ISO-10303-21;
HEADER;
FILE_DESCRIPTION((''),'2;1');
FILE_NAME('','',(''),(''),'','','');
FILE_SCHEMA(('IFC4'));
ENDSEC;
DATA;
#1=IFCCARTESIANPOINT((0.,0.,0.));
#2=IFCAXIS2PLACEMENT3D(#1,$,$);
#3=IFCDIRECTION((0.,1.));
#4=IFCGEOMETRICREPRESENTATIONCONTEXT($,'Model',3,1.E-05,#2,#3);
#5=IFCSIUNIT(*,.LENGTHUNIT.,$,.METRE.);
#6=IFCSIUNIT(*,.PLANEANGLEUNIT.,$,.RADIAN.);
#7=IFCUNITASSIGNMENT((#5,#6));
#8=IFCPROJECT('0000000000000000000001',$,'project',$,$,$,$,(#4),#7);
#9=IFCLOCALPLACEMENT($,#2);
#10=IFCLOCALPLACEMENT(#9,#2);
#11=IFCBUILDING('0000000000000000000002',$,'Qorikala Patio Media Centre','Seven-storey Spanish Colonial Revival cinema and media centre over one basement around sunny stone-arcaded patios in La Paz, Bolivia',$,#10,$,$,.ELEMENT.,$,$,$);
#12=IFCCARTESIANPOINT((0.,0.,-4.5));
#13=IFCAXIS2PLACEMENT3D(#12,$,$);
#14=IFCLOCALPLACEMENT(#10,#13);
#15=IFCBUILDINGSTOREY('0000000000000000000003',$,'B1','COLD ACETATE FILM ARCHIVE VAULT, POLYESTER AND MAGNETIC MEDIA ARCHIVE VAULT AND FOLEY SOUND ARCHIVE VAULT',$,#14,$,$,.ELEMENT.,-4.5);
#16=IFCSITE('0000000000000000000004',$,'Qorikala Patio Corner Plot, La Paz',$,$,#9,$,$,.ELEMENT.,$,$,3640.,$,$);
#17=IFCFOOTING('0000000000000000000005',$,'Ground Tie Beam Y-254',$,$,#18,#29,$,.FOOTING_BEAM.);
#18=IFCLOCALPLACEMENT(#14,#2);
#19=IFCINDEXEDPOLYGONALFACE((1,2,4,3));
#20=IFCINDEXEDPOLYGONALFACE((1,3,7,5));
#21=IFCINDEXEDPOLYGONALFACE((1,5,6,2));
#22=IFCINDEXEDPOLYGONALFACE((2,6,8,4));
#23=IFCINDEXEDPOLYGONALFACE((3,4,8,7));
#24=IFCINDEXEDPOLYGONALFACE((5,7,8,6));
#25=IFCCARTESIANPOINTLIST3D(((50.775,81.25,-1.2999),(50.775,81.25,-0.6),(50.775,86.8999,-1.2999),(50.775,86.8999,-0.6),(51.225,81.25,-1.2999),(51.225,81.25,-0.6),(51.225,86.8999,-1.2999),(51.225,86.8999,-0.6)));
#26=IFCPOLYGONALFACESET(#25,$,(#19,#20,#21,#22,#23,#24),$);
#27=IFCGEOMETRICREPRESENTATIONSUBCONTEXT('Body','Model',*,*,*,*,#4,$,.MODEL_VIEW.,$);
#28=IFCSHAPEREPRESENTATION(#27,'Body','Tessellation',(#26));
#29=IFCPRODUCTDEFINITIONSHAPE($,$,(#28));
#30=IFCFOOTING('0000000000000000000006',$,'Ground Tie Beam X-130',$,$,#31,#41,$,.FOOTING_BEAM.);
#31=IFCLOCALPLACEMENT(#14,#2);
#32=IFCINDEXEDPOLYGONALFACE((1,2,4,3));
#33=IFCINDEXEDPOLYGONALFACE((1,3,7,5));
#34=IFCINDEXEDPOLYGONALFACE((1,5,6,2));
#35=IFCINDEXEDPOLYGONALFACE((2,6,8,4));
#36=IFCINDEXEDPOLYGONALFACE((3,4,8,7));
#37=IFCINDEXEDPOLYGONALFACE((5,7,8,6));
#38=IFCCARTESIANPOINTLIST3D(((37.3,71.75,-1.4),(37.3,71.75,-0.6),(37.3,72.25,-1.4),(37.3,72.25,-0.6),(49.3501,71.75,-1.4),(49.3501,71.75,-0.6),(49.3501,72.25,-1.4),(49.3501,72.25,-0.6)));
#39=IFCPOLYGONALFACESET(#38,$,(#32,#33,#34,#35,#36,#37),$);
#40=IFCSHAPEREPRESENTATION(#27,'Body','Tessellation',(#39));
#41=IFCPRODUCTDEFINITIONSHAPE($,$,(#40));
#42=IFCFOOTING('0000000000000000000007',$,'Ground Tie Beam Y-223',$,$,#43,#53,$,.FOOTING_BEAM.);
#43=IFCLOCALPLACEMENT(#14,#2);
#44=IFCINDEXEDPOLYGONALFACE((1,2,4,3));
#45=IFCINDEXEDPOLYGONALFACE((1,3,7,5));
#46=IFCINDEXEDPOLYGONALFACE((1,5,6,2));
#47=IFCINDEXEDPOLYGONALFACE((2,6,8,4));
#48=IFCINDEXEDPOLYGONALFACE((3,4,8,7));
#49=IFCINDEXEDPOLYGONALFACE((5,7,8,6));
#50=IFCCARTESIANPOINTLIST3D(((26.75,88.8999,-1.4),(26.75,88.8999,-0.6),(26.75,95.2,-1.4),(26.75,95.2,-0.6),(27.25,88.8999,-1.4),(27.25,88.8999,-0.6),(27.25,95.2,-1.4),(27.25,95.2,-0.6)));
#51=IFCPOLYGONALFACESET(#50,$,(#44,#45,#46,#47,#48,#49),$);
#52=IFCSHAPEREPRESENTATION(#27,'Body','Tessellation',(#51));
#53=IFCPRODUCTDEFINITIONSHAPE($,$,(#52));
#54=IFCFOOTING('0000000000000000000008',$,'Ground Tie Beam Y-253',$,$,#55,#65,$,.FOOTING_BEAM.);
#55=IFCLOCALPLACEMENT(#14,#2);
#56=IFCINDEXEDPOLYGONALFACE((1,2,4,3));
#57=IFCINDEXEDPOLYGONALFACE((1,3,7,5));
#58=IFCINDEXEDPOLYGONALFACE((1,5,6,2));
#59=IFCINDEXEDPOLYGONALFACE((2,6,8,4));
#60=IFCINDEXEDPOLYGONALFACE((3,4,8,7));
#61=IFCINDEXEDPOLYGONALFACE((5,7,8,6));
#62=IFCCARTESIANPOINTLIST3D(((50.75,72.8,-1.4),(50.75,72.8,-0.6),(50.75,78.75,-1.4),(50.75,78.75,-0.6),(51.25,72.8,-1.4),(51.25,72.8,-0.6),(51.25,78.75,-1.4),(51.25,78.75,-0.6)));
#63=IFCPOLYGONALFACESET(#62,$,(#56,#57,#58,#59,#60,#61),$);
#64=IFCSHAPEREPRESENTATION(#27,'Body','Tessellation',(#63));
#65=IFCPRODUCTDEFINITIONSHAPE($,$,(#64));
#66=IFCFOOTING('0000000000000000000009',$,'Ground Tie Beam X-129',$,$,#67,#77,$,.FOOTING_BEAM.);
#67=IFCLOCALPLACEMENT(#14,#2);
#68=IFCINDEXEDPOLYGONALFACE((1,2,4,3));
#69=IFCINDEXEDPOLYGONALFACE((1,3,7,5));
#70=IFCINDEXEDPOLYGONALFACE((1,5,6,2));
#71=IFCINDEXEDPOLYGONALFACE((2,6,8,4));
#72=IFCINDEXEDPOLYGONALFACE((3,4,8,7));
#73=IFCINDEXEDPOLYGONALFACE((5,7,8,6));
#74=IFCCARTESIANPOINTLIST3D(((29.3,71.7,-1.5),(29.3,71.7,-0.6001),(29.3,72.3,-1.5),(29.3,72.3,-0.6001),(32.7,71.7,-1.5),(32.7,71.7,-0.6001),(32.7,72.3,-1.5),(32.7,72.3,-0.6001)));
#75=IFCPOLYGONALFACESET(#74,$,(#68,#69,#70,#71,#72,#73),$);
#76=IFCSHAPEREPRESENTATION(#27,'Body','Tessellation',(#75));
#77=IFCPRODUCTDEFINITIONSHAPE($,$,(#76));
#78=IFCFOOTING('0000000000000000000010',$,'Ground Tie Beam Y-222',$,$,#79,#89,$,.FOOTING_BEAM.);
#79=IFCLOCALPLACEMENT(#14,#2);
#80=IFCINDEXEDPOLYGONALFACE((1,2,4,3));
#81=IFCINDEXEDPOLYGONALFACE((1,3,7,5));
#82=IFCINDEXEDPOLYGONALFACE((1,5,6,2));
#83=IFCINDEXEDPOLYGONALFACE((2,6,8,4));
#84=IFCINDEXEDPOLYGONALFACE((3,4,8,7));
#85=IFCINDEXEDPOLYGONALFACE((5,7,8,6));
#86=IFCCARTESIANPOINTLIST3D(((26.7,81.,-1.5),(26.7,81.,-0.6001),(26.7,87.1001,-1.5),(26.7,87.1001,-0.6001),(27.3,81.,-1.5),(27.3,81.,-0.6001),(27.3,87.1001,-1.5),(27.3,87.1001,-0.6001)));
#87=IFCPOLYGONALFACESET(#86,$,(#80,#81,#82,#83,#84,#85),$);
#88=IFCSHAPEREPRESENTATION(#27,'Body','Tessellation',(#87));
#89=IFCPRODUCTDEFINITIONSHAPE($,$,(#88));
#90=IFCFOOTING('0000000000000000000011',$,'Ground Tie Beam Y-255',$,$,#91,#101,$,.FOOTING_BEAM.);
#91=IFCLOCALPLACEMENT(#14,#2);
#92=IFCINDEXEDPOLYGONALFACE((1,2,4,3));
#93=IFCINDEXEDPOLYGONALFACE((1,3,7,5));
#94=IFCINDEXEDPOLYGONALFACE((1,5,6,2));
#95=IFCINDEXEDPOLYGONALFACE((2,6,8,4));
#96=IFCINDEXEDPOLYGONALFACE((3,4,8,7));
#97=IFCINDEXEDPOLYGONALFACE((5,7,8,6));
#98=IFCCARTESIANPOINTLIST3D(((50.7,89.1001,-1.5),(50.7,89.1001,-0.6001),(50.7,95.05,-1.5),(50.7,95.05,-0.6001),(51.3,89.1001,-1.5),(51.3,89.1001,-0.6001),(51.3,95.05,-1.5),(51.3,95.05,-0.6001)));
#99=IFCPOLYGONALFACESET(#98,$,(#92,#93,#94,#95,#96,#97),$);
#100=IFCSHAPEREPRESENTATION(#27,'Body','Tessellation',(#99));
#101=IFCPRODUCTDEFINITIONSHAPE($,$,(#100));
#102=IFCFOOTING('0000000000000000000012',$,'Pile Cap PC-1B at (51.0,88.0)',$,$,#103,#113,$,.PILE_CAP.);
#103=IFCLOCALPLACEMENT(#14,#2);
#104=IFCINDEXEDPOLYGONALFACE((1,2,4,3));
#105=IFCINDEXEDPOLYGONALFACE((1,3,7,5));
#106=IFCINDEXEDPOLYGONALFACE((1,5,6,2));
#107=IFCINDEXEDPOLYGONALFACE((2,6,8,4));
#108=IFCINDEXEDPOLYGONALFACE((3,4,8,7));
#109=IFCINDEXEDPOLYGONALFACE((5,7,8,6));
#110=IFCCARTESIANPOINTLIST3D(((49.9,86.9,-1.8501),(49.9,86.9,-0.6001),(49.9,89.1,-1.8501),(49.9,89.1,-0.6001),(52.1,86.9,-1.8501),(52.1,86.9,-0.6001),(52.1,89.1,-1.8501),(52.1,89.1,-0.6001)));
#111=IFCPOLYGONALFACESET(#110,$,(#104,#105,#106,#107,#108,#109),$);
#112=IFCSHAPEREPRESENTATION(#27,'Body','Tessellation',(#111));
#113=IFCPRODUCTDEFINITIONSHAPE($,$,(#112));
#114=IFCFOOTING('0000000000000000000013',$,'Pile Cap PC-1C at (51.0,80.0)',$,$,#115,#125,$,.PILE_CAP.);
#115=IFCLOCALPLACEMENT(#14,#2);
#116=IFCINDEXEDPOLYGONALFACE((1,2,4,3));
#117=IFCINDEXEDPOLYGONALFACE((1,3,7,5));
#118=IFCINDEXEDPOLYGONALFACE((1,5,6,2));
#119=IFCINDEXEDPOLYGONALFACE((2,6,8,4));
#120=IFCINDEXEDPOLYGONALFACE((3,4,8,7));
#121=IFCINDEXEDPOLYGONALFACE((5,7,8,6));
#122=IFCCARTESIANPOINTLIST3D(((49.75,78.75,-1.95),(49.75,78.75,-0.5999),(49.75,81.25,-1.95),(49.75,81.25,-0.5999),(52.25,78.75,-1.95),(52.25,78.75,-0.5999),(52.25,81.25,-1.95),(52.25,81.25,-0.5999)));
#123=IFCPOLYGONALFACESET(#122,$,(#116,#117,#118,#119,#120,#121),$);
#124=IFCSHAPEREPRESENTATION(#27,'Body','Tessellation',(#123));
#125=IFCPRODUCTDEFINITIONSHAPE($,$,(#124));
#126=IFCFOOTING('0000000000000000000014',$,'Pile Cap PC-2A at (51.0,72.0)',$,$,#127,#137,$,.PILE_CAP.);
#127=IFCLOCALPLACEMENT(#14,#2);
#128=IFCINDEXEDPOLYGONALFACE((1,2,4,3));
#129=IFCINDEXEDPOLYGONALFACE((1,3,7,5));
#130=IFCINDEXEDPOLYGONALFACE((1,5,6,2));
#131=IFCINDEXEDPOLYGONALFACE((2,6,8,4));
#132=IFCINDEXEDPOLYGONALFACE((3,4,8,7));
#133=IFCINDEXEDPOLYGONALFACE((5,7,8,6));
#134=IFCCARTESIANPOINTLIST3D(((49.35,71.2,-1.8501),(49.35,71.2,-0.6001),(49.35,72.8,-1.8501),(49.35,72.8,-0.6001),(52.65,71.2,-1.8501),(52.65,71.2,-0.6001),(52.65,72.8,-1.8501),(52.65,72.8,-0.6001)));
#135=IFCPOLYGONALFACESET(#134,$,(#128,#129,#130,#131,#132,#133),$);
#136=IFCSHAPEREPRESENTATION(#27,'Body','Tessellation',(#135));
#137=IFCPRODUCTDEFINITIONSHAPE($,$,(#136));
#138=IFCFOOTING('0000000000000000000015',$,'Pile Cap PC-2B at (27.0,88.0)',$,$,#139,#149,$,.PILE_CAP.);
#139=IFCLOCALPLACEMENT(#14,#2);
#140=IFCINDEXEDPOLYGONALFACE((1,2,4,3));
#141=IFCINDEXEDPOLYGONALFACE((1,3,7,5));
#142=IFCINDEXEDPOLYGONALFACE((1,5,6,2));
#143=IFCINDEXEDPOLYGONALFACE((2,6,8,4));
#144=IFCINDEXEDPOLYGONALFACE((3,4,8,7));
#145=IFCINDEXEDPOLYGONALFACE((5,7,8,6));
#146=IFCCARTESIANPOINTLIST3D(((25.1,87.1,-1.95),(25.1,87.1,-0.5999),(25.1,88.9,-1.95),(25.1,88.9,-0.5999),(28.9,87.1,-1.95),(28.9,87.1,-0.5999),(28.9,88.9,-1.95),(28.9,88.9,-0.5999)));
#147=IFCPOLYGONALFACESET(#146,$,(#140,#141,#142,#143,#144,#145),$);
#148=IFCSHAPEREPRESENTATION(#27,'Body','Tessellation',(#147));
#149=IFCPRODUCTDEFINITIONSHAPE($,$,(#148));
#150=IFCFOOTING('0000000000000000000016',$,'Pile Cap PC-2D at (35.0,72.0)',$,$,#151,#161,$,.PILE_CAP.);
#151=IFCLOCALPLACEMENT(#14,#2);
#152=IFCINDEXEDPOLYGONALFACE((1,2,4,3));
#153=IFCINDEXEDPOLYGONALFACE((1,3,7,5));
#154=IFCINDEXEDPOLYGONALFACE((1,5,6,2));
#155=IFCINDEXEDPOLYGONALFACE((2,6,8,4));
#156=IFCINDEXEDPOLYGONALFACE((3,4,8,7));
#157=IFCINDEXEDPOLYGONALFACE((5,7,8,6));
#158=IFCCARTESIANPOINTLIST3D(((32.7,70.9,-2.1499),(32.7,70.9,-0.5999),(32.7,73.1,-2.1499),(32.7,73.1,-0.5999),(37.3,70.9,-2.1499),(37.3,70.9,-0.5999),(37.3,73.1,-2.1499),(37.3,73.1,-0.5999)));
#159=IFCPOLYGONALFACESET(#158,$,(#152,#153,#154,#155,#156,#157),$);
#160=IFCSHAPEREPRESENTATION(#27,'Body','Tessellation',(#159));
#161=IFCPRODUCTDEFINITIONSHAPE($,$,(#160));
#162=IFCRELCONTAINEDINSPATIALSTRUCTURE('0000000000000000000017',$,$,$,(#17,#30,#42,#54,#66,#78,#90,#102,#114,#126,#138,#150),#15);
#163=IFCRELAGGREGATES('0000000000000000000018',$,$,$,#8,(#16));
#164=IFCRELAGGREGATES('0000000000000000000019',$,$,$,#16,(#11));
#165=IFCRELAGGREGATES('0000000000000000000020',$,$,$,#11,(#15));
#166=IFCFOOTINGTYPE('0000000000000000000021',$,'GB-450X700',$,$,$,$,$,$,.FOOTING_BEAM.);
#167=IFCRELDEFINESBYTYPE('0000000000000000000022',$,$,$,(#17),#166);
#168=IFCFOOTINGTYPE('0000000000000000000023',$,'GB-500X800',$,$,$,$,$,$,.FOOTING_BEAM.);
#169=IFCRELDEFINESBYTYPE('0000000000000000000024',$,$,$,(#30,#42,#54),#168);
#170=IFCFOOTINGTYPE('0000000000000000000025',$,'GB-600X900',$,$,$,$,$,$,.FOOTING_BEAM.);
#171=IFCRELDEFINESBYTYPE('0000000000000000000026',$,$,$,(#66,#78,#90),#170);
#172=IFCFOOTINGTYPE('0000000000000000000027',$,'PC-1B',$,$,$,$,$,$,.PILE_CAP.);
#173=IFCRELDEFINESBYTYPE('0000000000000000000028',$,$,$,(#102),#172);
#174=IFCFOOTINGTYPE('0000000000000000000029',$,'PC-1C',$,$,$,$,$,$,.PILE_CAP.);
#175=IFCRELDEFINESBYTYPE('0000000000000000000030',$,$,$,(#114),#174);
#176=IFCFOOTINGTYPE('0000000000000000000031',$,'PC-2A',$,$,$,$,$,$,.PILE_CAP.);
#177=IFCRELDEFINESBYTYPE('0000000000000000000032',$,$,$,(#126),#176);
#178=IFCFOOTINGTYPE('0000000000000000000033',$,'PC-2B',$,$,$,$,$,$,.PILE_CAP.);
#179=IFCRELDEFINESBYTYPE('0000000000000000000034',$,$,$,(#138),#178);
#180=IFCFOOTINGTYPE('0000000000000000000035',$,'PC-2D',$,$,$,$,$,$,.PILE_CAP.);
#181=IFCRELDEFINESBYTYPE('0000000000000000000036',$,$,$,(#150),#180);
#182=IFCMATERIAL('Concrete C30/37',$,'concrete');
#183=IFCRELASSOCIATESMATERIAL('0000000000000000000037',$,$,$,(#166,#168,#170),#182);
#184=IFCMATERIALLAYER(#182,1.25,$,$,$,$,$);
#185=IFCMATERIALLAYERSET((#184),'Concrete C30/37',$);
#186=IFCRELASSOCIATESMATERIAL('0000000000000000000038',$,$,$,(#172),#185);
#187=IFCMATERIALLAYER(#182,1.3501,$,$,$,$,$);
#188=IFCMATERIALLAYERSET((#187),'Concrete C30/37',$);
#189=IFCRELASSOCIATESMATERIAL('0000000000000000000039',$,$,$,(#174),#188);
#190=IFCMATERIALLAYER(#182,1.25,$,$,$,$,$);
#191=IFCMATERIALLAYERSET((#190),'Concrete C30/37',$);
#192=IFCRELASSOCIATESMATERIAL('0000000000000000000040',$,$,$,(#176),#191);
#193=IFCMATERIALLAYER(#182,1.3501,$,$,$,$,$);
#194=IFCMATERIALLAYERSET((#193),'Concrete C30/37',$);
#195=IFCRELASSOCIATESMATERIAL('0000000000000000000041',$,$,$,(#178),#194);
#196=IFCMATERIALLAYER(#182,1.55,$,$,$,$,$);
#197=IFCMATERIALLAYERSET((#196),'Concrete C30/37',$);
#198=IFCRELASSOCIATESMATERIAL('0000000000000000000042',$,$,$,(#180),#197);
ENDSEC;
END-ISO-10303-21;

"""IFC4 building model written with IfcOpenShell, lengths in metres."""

from ifc_helpers import new_model, si_unit, direction, frame, origin, origin_2d, place, context, subcontext, project, spatial, rectangle, extrude, material, layer, layer_set, material_profile, profile_set, type_object, element, save


model = new_model("IFC4")

# Units and contexts
model_context = context("Model", 3, precision=1e-05, world=origin(), true_north=direction((0.0, 1.0)))
body_context = subcontext(model_context, "Body", "Model", "MODEL_VIEW")
ifc_project = project(units=[si_unit("LENGTHUNIT", "METRE"), si_unit("PLANEANGLEUNIT", "RADIAN")], contexts=[model_context])

# Site, building, storey
site_placement = place(None, origin())
site = spatial("IfcSite", under=ifc_project, at=site_placement, Name="Qorikala Patio Corner Plot, La Paz", CompositionType="ELEMENT", RefElevation=3640.0)
building_placement = place(site_placement, origin())
building = spatial("IfcBuilding", under=site, at=building_placement, Name="Qorikala Patio Media Centre", Description="Seven-storey Spanish Colonial Revival cinema and media centre over one basement around sunny stone-arcaded patios in La Paz, Bolivia", CompositionType="ELEMENT")
storey_placement = place(building_placement, frame((0.0, 0.0, -4.5)))
storey = spatial("IfcBuildingStorey", under=building, at=storey_placement, Name="B1", Description="COLD ACETATE FILM ARCHIVE VAULT, POLYESTER AND MAGNETIC MEDIA ARCHIVE VAULT AND FOLEY SOUND ARCHIVE VAULT", CompositionType="ELEMENT", Elevation=-4.5)

# Footings
ifc_material_1 = material(Name="Concrete C30/37", Category="concrete")
ifc_material_profile_1 = material_profile(ifc_material_1, rectangle(XDim=0.45, YDim=0.7, at=origin_2d()), Name="RC 450x700")
ifc_profile_set_1 = profile_set([ifc_material_profile_1], Name="Concrete C30/37")
footing_type_1 = type_object("IfcFootingType", Name="GB-450X700", PredefinedType="FOOTING_BEAM", material=ifc_profile_set_1)
footing_1_placement = place(storey_placement, frame((51.0, 81.25, -0.95), z_axis=(0.0, 1.0, 0.0), x_axis=(-1.0, 0.0, 0.0)))
element("IfcFooting", 1, at=footing_1_placement, inside=storey, type_object=footing_type_1, Name="Ground Tie Beam Y-254", PredefinedType="FOOTING_BEAM", context=body_context, shape_type="SweptSolid", body=[
    extrude(rectangle(XDim=0.45, YDim=0.7, at=origin_2d()), origin(), (0.0, 0.0, 1.0), 5.6499),
])
ifc_material_profile_2 = material_profile(ifc_material_1, rectangle(XDim=0.5, YDim=0.8, at=origin_2d()), Name="RC 500x800")
ifc_profile_set_2 = profile_set([ifc_material_profile_2], Name="Concrete C30/37")
footing_type_2 = type_object("IfcFootingType", Name="GB-500X800", PredefinedType="FOOTING_BEAM", material=ifc_profile_set_2)
footing_2_placement = place(storey_placement, frame((37.3, 72.0, -1.0), z_axis=(1.0, 0.0, 0.0), x_axis=(0.0, 1.0, 0.0)))
element("IfcFooting", 2, at=footing_2_placement, inside=storey, type_object=footing_type_2, Name="Ground Tie Beam X-130", PredefinedType="FOOTING_BEAM", context=body_context, shape_type="SweptSolid", body=[
    extrude(rectangle(XDim=0.5, YDim=0.8, at=origin_2d()), origin(), (0.0, 0.0, 1.0), 12.05),
])
footing_3_placement = place(storey_placement, frame((27.0, 88.8999, -1.0), z_axis=(0.0, 1.0, 0.0), x_axis=(-1.0, 0.0, 0.0)))
element("IfcFooting", 3, at=footing_3_placement, inside=storey, type_object=footing_type_2, Name="Ground Tie Beam Y-223", PredefinedType="FOOTING_BEAM", context=body_context, shape_type="SweptSolid", body=[
    extrude(rectangle(XDim=0.5, YDim=0.8, at=origin_2d()), origin(), (0.0, 0.0, 1.0), 6.3),
])
footing_4_placement = place(storey_placement, frame((51.0, 72.8, -1.0), z_axis=(0.0, 1.0, 0.0), x_axis=(-1.0, 0.0, 0.0)))
element("IfcFooting", 4, at=footing_4_placement, inside=storey, type_object=footing_type_2, Name="Ground Tie Beam Y-253", PredefinedType="FOOTING_BEAM", context=body_context, shape_type="SweptSolid", body=[
    extrude(rectangle(XDim=0.5, YDim=0.8, at=origin_2d()), origin(), (0.0, 0.0, 1.0), 5.95),
])
ifc_material_profile_3 = material_profile(ifc_material_1, rectangle(XDim=0.6001, YDim=0.8999, at=origin_2d()), Name="RC 600x900")
ifc_profile_set_3 = profile_set([ifc_material_profile_3], Name="Concrete C30/37")
footing_type_3 = type_object("IfcFootingType", Name="GB-600X900", PredefinedType="FOOTING_BEAM", material=ifc_profile_set_3)
footing_5_placement = place(storey_placement, frame((29.3, 72.0, -1.05), z_axis=(1.0, 0.0, 0.0), x_axis=(0.0, 1.0, 0.0)))
element("IfcFooting", 5, at=footing_5_placement, inside=storey, type_object=footing_type_3, Name="Ground Tie Beam X-129", PredefinedType="FOOTING_BEAM", context=body_context, shape_type="SweptSolid", body=[
    extrude(rectangle(XDim=0.6001, YDim=0.8999, at=origin_2d()), origin(), (0.0, 0.0, 1.0), 3.3999),
])
footing_6_placement = place(storey_placement, frame((27.0, 81.0, -1.05), z_axis=(0.0, 1.0, 0.0), x_axis=(-1.0, 0.0, 0.0)))
element("IfcFooting", 6, at=footing_6_placement, inside=storey, type_object=footing_type_3, Name="Ground Tie Beam Y-222", PredefinedType="FOOTING_BEAM", context=body_context, shape_type="SweptSolid", body=[
    extrude(rectangle(XDim=0.6001, YDim=0.8999, at=origin_2d()), origin(), (0.0, 0.0, 1.0), 6.1001),
])
footing_7_placement = place(storey_placement, frame((51.0, 89.1001, -1.05), z_axis=(0.0, 1.0, 0.0), x_axis=(-1.0, 0.0, 0.0)))
element("IfcFooting", 7, at=footing_7_placement, inside=storey, type_object=footing_type_3, Name="Ground Tie Beam Y-255", PredefinedType="FOOTING_BEAM", context=body_context, shape_type="SweptSolid", body=[
    extrude(rectangle(XDim=0.6001, YDim=0.8999, at=origin_2d()), origin(), (0.0, 0.0, 1.0), 5.95),
])
ifc_layer_1 = layer(ifc_material_1, 1.25)
ifc_layer_set_1 = layer_set([ifc_layer_1], Name="Concrete C30/37")
footing_type_4 = type_object("IfcFootingType", Name="PC-1B", PredefinedType="PILE_CAP", material=ifc_layer_set_1)
footing_8_placement = place(storey_placement, frame((51.0, 88.0, -1.8501), z_axis=(0.0, 0.0, 1.0), x_axis=(1.0, 0.0, 0.0)))
element("IfcFooting", 8, at=footing_8_placement, inside=storey, type_object=footing_type_4, Name="Pile Cap PC-1B at (51.0,88.0)", PredefinedType="PILE_CAP", context=body_context, shape_type="SweptSolid", body=[
    extrude(rectangle(XDim=2.2, YDim=2.2, at=origin_2d()), origin(), (0.0, 0.0, 1.0), 1.25),
])
ifc_layer_2 = layer(ifc_material_1, 1.3501)
ifc_layer_set_2 = layer_set([ifc_layer_2], Name="Concrete C30/37")
footing_type_5 = type_object("IfcFootingType", Name="PC-1C", PredefinedType="PILE_CAP", material=ifc_layer_set_2)
footing_9_placement = place(storey_placement, frame((51.0, 80.0, -1.95), z_axis=(0.0, 0.0, 1.0), x_axis=(1.0, 0.0, 0.0)))
element("IfcFooting", 9, at=footing_9_placement, inside=storey, type_object=footing_type_5, Name="Pile Cap PC-1C at (51.0,80.0)", PredefinedType="PILE_CAP", context=body_context, shape_type="SweptSolid", body=[
    extrude(rectangle(XDim=2.5, YDim=2.5, at=origin_2d()), origin(), (0.0, 0.0, 1.0), 1.3501),
])
ifc_layer_3 = layer(ifc_material_1, 1.25)
ifc_layer_set_3 = layer_set([ifc_layer_3], Name="Concrete C30/37")
footing_type_6 = type_object("IfcFootingType", Name="PC-2A", PredefinedType="PILE_CAP", material=ifc_layer_set_3)
footing_10_placement = place(storey_placement, frame((51.0, 72.0, -1.8501), z_axis=(0.0, 0.0, 1.0), x_axis=(1.0, 0.0, 0.0)))
element("IfcFooting", 10, at=footing_10_placement, inside=storey, type_object=footing_type_6, Name="Pile Cap PC-2A at (51.0,72.0)", PredefinedType="PILE_CAP", context=body_context, shape_type="SweptSolid", body=[
    extrude(rectangle(XDim=3.3, YDim=1.6001, at=origin_2d()), origin(), (0.0, 0.0, 1.0), 1.25),
])
ifc_layer_4 = layer(ifc_material_1, 1.3501)
ifc_layer_set_4 = layer_set([ifc_layer_4], Name="Concrete C30/37")
footing_type_7 = type_object("IfcFootingType", Name="PC-2B", PredefinedType="PILE_CAP", material=ifc_layer_set_4)
footing_11_placement = place(storey_placement, frame((27.0, 88.0, -1.95), z_axis=(0.0, 0.0, 1.0), x_axis=(1.0, 0.0, 0.0)))
element("IfcFooting", 11, at=footing_11_placement, inside=storey, type_object=footing_type_7, Name="Pile Cap PC-2B at (27.0,88.0)", PredefinedType="PILE_CAP", context=body_context, shape_type="SweptSolid", body=[
    extrude(rectangle(XDim=3.8, YDim=1.8, at=origin_2d()), origin(), (0.0, 0.0, 1.0), 1.3501),
])
ifc_layer_5 = layer(ifc_material_1, 1.55)
ifc_layer_set_5 = layer_set([ifc_layer_5], Name="Concrete C30/37")
footing_type_8 = type_object("IfcFootingType", Name="PC-2D", PredefinedType="PILE_CAP", material=ifc_layer_set_5)
footing_12_placement = place(storey_placement, frame((35.0, 72.0, -2.1499), z_axis=(0.0, 0.0, 1.0), x_axis=(1.0, 0.0, 0.0)))
element("IfcFooting", 12, at=footing_12_placement, inside=storey, type_object=footing_type_8, Name="Pile Cap PC-2D at (35.0,72.0)", PredefinedType="PILE_CAP", context=body_context, shape_type="SweptSolid", body=[
    extrude(rectangle(XDim=4.6001, YDim=2.2, at=origin_2d()), origin(), (0.0, 0.0, 1.0), 1.55),
])

save(model, "model.ifc")
